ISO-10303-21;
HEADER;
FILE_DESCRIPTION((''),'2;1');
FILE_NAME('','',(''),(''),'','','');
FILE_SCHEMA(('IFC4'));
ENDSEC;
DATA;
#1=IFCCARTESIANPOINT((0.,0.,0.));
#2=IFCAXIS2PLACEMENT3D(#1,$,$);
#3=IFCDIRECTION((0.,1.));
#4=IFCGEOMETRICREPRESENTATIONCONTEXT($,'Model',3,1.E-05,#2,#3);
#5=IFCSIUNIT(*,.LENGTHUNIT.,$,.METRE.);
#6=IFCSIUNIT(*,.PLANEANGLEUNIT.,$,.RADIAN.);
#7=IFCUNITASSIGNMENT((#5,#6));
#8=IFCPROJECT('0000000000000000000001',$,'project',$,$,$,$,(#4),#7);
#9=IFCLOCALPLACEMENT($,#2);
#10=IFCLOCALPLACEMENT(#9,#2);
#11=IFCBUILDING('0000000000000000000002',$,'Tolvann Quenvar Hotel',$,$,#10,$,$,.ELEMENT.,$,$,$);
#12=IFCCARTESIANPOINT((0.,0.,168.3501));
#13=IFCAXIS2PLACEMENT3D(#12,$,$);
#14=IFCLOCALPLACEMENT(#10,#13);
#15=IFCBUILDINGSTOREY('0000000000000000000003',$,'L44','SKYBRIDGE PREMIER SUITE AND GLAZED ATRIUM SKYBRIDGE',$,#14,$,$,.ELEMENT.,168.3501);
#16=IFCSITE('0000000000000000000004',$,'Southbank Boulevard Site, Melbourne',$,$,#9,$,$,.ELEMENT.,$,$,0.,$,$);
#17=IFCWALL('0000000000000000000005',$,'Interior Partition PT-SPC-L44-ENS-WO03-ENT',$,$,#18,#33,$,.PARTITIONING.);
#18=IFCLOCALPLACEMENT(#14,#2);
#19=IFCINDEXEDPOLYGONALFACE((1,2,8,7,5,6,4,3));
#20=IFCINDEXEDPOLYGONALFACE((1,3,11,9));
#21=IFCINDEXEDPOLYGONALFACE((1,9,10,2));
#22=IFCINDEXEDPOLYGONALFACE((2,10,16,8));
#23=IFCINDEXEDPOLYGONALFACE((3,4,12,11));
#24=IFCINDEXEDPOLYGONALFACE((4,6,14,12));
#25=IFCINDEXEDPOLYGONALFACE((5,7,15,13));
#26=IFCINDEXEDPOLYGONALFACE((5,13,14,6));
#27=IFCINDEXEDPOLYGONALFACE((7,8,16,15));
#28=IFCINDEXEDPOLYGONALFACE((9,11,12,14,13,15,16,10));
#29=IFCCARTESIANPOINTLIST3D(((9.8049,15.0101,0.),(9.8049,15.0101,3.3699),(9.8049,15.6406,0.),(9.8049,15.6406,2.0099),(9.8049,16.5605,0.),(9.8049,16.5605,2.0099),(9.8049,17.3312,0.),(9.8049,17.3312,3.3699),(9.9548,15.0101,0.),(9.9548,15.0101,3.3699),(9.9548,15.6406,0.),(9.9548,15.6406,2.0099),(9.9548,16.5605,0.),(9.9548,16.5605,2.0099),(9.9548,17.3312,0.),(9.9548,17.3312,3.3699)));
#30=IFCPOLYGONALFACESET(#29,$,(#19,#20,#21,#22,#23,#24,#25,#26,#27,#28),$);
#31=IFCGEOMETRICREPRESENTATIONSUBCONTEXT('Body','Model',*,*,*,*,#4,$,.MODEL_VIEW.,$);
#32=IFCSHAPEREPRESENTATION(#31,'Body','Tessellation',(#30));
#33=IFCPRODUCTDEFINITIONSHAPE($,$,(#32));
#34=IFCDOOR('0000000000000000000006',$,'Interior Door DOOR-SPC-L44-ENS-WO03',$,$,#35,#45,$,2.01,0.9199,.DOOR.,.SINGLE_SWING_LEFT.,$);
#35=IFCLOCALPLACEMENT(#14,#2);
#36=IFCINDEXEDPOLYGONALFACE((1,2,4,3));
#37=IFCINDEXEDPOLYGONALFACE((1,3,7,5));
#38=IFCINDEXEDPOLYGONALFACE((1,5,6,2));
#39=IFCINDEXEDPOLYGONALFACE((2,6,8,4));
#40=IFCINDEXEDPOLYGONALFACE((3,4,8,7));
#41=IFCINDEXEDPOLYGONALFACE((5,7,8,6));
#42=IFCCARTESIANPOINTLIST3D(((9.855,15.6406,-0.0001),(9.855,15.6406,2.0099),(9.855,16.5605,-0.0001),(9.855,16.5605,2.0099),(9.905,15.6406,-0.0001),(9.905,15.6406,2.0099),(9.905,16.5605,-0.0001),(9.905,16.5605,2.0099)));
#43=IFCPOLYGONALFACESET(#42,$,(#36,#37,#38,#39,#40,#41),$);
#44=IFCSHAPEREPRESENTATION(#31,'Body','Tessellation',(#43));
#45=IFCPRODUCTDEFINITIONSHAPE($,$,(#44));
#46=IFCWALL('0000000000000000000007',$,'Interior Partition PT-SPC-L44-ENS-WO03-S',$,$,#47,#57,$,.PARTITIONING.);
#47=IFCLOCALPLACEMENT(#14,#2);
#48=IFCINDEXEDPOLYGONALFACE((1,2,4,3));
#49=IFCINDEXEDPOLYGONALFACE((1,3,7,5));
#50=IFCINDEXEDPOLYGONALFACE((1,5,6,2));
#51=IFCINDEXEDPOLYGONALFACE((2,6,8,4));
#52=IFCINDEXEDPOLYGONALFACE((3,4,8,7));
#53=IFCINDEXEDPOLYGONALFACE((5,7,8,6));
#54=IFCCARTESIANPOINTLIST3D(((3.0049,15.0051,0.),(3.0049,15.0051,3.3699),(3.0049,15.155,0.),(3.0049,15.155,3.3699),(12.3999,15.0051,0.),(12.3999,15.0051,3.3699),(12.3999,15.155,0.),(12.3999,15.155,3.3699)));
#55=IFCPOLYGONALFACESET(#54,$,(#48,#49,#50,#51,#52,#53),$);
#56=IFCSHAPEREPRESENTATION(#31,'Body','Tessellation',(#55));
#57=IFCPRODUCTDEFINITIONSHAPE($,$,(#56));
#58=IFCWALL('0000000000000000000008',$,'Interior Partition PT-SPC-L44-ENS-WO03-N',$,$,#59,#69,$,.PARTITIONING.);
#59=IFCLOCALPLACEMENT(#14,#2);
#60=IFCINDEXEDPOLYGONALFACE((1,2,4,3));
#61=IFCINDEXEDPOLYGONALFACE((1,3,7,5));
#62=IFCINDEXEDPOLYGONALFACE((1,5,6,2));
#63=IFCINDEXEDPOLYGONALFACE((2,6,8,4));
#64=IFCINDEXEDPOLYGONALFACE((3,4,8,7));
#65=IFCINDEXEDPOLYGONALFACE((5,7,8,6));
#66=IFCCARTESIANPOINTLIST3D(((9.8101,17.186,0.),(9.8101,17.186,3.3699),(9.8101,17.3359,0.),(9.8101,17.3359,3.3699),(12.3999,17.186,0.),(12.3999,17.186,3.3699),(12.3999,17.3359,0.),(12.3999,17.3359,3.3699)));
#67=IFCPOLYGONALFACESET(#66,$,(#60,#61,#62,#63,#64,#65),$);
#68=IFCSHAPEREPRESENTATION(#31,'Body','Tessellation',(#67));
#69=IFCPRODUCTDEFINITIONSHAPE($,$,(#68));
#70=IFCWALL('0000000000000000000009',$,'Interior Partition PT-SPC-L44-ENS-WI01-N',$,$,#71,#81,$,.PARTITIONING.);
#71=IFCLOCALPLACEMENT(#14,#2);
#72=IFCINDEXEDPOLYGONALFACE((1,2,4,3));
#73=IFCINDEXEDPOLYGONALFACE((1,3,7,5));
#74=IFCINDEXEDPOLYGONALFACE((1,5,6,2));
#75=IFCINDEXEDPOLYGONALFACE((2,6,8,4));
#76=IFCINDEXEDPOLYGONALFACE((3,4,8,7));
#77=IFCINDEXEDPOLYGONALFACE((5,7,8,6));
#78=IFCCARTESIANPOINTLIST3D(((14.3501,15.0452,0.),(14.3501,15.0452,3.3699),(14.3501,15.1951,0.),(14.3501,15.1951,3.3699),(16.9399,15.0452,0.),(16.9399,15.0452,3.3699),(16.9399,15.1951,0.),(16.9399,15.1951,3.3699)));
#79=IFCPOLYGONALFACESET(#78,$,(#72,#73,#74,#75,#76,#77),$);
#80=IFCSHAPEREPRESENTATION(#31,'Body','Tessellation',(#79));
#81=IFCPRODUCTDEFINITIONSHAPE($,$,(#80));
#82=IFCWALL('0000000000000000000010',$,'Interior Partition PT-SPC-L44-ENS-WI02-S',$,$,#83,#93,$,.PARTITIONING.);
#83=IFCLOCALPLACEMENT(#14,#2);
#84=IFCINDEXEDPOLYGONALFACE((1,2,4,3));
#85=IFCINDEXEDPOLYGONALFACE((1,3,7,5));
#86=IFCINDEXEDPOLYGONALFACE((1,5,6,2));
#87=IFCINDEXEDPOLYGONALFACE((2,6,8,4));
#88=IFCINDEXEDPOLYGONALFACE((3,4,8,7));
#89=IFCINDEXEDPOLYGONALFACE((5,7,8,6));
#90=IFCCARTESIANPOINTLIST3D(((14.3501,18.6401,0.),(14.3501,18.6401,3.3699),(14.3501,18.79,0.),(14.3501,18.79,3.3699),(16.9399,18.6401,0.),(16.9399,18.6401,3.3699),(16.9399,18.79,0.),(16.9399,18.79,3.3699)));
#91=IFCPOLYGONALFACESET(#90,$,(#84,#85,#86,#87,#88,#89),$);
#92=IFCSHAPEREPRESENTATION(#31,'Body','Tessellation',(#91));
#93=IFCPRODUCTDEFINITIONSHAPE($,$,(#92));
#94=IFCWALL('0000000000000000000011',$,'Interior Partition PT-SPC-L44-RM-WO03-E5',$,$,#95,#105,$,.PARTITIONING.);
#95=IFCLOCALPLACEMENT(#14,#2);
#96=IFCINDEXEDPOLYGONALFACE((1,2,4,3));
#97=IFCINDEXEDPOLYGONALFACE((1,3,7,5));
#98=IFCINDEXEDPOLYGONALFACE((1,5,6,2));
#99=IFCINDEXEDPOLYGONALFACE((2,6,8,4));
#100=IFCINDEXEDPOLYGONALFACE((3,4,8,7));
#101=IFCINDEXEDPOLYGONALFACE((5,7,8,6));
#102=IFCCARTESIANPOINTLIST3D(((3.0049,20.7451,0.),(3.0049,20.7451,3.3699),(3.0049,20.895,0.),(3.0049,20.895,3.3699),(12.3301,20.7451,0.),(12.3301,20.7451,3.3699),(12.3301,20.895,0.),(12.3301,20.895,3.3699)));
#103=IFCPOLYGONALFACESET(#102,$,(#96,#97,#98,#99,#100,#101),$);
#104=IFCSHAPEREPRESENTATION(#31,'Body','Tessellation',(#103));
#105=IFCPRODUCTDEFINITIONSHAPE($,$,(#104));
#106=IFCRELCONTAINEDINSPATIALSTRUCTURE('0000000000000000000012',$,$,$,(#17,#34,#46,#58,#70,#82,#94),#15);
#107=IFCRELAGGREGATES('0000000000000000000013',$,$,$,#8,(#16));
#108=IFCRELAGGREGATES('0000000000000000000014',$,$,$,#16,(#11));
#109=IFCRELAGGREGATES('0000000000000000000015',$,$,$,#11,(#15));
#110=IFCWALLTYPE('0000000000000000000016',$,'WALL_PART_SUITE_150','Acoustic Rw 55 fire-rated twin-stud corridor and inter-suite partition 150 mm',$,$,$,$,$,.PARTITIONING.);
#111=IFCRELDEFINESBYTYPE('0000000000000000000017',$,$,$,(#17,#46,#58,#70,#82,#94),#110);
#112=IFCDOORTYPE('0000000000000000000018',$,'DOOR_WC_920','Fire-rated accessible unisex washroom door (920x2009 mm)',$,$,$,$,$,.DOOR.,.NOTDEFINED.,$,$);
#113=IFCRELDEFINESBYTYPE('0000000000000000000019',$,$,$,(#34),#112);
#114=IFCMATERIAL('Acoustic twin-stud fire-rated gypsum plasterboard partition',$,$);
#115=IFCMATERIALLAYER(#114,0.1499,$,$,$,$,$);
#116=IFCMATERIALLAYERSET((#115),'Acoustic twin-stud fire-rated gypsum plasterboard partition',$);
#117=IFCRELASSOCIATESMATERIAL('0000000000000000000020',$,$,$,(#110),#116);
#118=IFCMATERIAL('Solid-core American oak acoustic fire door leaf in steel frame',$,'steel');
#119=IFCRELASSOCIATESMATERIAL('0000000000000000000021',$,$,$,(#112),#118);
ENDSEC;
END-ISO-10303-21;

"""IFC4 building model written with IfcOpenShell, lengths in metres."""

from ifc_helpers import new_model, si_unit, direction, frame, frame_2d, origin, place, context, subcontext, project, spatial, rectangle, extrude, source, transform, mapped, material, layer, layer_set, type_object, type_shapes, element, fill, save


model = new_model("IFC4")

# Units and contexts
model_context = context("Model", 3, precision=1e-05, world=origin(), true_north=direction((0.0, 1.0)))
body_context = subcontext(model_context, "Body", "Model", "MODEL_VIEW")
ifc_project = project(units=[si_unit("LENGTHUNIT", "METRE"), si_unit("PLANEANGLEUNIT", "RADIAN")], contexts=[model_context])

# Site, building, storey
site_placement = place(None, origin())
site = spatial("IfcSite", under=ifc_project, at=site_placement, Name="Southbank Boulevard Site, Melbourne", CompositionType="ELEMENT", RefElevation=0.0)
building_placement = place(site_placement, origin())
building = spatial("IfcBuilding", under=site, at=building_placement, Name="Tolvann Quenvar Hotel", CompositionType="ELEMENT")
storey_placement = place(building_placement, frame((0.0, 0.0, 168.3501)))
storey = spatial("IfcBuildingStorey", under=building, at=storey_placement, Name="L44", Description="SKYBRIDGE PREMIER SUITE AND GLAZED ATRIUM SKYBRIDGE", CompositionType="ELEMENT", Elevation=168.3501)

# Wall, opening, door
ifc_material_1 = material(Name="Acoustic twin-stud fire-rated gypsum plasterboard partition")
ifc_layer_1 = layer(ifc_material_1, 0.1499)
ifc_layer_set_1 = layer_set([ifc_layer_1], Name="Acoustic twin-stud fire-rated gypsum plasterboard partition")
wall_type_1 = type_object("IfcWallType", Name="WALL_PART_SUITE_150", Description="Acoustic Rw 55 fire-rated twin-stud corridor and inter-suite partition 150 mm", PredefinedType="PARTITIONING", material=ifc_layer_set_1)
wall_1_placement = place(storey_placement, frame((9.8799, 15.01, 0.0), z_axis=(0.0, 0.0, 1.0), x_axis=(0.0, 1.0, 0.0)))
wall_1 = element("IfcWall", 1, at=wall_1_placement, inside=storey, type_object=wall_type_1, Name="Interior Partition PT-SPC-L44-ENS-WO03-ENT", PredefinedType="PARTITIONING", context=body_context, shape_type="SweptSolid", body=[
    extrude(rectangle(XDim=2.321, YDim=0.1499, at=frame_2d((1.1606, 0.0))), origin(), (0.0, 0.0, 1.0), 3.3699),
])
opening_1_placement = place(wall_1_placement, frame((0.6306, 0.0, 0.0)))
opening_1 = element("IfcOpeningElement", 2, at=opening_1_placement, cuts=wall_1, PredefinedType="OPENING", context=body_context, shape_type="SweptSolid", body=[
    extrude(rectangle(XDim=0.9199, YDim=2.01, at=frame_2d((0.46, 1.0049))), frame((0.0, 0.085, 0.0), z_axis=(0.0, -1.0, 0.0), x_axis=(1.0, 0.0, 0.0)), (0.0, 0.0, 1.0), 0.1699),
])
ifc_material_2 = material(Name="Solid-core American oak acoustic fire door leaf in steel frame", Category="steel")
door_type_1 = type_object("IfcDoorType", Name="DOOR_WC_920", Description="Fire-rated accessible unisex washroom door (920x2009 mm)", OperationType="NOTDEFINED", PredefinedType="DOOR", material=ifc_material_2)
shared_shape_1 = source(origin(), body_context, "Body", "SweptSolid", [
    extrude(rectangle(XDim=0.9199, YDim=2.01, at=frame_2d((0.46, 1.0049))), frame((0.0, 0.0249, 0.0), z_axis=(0.0, -1.0, 0.0), x_axis=(1.0, 0.0, 0.0)), (0.0, 0.0, 1.0), 0.05),
])
type_shapes(door_type_1, [shared_shape_1])
door_1_placement = place(opening_1_placement, origin())
door_1 = element("IfcDoor", 3, at=door_1_placement, inside=storey, type_object=door_type_1, Name="Interior Door DOOR-SPC-L44-ENS-WO03", OperationType="SINGLE_SWING_LEFT", OverallHeight=2.01, OverallWidth=0.9199, PredefinedType="DOOR", context=body_context, shape_type="MappedRepresentation", body=[
    mapped(shared_shape_1, transform((0.0, 0.0, 0.0), x_axis=(1.0, 0.0, 0.0), y_axis=(0.0, 1.0, 0.0), z_axis=(0.0, 0.0, 1.0), scale=1.0)),
])
fill(opening_1, door_1)

# Walls
wall_2_placement = place(storey_placement, frame((3.0049, 15.0801, 0.0), z_axis=(0.0, 0.0, 1.0), x_axis=(1.0, 0.0, 0.0)))
element("IfcWall", 4, at=wall_2_placement, inside=storey, type_object=wall_type_1, Name="Interior Partition PT-SPC-L44-ENS-WO03-S", PredefinedType="PARTITIONING", context=body_context, shape_type="SweptSolid", body=[
    extrude(rectangle(XDim=9.395, YDim=0.1499, at=frame_2d((4.6975, 0.0))), origin(), (0.0, 0.0, 1.0), 3.3699),
])
for number, where, z_axis, x_axis, name in (
    (5, (9.8101, 17.261, 0.0), (0.0, 0.0, 1.0), (1.0, 0.0, 0.0), "Interior Partition PT-SPC-L44-ENS-WO03-N"),
    (6, (14.3501, 15.1201, 0.0), (0.0, 0.0, 1.0), (1.0, 0.0, 0.0), "Interior Partition PT-SPC-L44-ENS-WI01-N"),
    (7, (14.3501, 18.7151, 0.0), (0.0, 0.0, 1.0), (1.0, 0.0, 0.0), "Interior Partition PT-SPC-L44-ENS-WI02-S"),
):
    element("IfcWall", number, at=place(storey_placement, frame(where, z_axis=z_axis, x_axis=x_axis)), inside=storey, type_object=wall_type_1, Name=name, PredefinedType="PARTITIONING", context=body_context, shape_type="SweptSolid", body=[
        extrude(rectangle(XDim=2.5898, YDim=0.1499, at=frame_2d((1.2949, 0.0))), origin(), (0.0, 0.0, 1.0), 3.3699),
    ])

# Wall
wall_3_placement = place(storey_placement, frame((3.0049, 20.8201, 0.0), z_axis=(0.0, 0.0, 1.0), x_axis=(1.0, 0.0, 0.0)))
element("IfcWall", 8, at=wall_3_placement, inside=storey, type_object=wall_type_1, Name="Interior Partition PT-SPC-L44-RM-WO03-E5", PredefinedType="PARTITIONING", context=body_context, shape_type="SweptSolid", body=[
    extrude(rectangle(XDim=9.3252, YDim=0.1499, at=frame_2d((4.6626, 0.0))), origin(), (0.0, 0.0, 1.0), 3.3699),
])

save(model, "model.ifc")
